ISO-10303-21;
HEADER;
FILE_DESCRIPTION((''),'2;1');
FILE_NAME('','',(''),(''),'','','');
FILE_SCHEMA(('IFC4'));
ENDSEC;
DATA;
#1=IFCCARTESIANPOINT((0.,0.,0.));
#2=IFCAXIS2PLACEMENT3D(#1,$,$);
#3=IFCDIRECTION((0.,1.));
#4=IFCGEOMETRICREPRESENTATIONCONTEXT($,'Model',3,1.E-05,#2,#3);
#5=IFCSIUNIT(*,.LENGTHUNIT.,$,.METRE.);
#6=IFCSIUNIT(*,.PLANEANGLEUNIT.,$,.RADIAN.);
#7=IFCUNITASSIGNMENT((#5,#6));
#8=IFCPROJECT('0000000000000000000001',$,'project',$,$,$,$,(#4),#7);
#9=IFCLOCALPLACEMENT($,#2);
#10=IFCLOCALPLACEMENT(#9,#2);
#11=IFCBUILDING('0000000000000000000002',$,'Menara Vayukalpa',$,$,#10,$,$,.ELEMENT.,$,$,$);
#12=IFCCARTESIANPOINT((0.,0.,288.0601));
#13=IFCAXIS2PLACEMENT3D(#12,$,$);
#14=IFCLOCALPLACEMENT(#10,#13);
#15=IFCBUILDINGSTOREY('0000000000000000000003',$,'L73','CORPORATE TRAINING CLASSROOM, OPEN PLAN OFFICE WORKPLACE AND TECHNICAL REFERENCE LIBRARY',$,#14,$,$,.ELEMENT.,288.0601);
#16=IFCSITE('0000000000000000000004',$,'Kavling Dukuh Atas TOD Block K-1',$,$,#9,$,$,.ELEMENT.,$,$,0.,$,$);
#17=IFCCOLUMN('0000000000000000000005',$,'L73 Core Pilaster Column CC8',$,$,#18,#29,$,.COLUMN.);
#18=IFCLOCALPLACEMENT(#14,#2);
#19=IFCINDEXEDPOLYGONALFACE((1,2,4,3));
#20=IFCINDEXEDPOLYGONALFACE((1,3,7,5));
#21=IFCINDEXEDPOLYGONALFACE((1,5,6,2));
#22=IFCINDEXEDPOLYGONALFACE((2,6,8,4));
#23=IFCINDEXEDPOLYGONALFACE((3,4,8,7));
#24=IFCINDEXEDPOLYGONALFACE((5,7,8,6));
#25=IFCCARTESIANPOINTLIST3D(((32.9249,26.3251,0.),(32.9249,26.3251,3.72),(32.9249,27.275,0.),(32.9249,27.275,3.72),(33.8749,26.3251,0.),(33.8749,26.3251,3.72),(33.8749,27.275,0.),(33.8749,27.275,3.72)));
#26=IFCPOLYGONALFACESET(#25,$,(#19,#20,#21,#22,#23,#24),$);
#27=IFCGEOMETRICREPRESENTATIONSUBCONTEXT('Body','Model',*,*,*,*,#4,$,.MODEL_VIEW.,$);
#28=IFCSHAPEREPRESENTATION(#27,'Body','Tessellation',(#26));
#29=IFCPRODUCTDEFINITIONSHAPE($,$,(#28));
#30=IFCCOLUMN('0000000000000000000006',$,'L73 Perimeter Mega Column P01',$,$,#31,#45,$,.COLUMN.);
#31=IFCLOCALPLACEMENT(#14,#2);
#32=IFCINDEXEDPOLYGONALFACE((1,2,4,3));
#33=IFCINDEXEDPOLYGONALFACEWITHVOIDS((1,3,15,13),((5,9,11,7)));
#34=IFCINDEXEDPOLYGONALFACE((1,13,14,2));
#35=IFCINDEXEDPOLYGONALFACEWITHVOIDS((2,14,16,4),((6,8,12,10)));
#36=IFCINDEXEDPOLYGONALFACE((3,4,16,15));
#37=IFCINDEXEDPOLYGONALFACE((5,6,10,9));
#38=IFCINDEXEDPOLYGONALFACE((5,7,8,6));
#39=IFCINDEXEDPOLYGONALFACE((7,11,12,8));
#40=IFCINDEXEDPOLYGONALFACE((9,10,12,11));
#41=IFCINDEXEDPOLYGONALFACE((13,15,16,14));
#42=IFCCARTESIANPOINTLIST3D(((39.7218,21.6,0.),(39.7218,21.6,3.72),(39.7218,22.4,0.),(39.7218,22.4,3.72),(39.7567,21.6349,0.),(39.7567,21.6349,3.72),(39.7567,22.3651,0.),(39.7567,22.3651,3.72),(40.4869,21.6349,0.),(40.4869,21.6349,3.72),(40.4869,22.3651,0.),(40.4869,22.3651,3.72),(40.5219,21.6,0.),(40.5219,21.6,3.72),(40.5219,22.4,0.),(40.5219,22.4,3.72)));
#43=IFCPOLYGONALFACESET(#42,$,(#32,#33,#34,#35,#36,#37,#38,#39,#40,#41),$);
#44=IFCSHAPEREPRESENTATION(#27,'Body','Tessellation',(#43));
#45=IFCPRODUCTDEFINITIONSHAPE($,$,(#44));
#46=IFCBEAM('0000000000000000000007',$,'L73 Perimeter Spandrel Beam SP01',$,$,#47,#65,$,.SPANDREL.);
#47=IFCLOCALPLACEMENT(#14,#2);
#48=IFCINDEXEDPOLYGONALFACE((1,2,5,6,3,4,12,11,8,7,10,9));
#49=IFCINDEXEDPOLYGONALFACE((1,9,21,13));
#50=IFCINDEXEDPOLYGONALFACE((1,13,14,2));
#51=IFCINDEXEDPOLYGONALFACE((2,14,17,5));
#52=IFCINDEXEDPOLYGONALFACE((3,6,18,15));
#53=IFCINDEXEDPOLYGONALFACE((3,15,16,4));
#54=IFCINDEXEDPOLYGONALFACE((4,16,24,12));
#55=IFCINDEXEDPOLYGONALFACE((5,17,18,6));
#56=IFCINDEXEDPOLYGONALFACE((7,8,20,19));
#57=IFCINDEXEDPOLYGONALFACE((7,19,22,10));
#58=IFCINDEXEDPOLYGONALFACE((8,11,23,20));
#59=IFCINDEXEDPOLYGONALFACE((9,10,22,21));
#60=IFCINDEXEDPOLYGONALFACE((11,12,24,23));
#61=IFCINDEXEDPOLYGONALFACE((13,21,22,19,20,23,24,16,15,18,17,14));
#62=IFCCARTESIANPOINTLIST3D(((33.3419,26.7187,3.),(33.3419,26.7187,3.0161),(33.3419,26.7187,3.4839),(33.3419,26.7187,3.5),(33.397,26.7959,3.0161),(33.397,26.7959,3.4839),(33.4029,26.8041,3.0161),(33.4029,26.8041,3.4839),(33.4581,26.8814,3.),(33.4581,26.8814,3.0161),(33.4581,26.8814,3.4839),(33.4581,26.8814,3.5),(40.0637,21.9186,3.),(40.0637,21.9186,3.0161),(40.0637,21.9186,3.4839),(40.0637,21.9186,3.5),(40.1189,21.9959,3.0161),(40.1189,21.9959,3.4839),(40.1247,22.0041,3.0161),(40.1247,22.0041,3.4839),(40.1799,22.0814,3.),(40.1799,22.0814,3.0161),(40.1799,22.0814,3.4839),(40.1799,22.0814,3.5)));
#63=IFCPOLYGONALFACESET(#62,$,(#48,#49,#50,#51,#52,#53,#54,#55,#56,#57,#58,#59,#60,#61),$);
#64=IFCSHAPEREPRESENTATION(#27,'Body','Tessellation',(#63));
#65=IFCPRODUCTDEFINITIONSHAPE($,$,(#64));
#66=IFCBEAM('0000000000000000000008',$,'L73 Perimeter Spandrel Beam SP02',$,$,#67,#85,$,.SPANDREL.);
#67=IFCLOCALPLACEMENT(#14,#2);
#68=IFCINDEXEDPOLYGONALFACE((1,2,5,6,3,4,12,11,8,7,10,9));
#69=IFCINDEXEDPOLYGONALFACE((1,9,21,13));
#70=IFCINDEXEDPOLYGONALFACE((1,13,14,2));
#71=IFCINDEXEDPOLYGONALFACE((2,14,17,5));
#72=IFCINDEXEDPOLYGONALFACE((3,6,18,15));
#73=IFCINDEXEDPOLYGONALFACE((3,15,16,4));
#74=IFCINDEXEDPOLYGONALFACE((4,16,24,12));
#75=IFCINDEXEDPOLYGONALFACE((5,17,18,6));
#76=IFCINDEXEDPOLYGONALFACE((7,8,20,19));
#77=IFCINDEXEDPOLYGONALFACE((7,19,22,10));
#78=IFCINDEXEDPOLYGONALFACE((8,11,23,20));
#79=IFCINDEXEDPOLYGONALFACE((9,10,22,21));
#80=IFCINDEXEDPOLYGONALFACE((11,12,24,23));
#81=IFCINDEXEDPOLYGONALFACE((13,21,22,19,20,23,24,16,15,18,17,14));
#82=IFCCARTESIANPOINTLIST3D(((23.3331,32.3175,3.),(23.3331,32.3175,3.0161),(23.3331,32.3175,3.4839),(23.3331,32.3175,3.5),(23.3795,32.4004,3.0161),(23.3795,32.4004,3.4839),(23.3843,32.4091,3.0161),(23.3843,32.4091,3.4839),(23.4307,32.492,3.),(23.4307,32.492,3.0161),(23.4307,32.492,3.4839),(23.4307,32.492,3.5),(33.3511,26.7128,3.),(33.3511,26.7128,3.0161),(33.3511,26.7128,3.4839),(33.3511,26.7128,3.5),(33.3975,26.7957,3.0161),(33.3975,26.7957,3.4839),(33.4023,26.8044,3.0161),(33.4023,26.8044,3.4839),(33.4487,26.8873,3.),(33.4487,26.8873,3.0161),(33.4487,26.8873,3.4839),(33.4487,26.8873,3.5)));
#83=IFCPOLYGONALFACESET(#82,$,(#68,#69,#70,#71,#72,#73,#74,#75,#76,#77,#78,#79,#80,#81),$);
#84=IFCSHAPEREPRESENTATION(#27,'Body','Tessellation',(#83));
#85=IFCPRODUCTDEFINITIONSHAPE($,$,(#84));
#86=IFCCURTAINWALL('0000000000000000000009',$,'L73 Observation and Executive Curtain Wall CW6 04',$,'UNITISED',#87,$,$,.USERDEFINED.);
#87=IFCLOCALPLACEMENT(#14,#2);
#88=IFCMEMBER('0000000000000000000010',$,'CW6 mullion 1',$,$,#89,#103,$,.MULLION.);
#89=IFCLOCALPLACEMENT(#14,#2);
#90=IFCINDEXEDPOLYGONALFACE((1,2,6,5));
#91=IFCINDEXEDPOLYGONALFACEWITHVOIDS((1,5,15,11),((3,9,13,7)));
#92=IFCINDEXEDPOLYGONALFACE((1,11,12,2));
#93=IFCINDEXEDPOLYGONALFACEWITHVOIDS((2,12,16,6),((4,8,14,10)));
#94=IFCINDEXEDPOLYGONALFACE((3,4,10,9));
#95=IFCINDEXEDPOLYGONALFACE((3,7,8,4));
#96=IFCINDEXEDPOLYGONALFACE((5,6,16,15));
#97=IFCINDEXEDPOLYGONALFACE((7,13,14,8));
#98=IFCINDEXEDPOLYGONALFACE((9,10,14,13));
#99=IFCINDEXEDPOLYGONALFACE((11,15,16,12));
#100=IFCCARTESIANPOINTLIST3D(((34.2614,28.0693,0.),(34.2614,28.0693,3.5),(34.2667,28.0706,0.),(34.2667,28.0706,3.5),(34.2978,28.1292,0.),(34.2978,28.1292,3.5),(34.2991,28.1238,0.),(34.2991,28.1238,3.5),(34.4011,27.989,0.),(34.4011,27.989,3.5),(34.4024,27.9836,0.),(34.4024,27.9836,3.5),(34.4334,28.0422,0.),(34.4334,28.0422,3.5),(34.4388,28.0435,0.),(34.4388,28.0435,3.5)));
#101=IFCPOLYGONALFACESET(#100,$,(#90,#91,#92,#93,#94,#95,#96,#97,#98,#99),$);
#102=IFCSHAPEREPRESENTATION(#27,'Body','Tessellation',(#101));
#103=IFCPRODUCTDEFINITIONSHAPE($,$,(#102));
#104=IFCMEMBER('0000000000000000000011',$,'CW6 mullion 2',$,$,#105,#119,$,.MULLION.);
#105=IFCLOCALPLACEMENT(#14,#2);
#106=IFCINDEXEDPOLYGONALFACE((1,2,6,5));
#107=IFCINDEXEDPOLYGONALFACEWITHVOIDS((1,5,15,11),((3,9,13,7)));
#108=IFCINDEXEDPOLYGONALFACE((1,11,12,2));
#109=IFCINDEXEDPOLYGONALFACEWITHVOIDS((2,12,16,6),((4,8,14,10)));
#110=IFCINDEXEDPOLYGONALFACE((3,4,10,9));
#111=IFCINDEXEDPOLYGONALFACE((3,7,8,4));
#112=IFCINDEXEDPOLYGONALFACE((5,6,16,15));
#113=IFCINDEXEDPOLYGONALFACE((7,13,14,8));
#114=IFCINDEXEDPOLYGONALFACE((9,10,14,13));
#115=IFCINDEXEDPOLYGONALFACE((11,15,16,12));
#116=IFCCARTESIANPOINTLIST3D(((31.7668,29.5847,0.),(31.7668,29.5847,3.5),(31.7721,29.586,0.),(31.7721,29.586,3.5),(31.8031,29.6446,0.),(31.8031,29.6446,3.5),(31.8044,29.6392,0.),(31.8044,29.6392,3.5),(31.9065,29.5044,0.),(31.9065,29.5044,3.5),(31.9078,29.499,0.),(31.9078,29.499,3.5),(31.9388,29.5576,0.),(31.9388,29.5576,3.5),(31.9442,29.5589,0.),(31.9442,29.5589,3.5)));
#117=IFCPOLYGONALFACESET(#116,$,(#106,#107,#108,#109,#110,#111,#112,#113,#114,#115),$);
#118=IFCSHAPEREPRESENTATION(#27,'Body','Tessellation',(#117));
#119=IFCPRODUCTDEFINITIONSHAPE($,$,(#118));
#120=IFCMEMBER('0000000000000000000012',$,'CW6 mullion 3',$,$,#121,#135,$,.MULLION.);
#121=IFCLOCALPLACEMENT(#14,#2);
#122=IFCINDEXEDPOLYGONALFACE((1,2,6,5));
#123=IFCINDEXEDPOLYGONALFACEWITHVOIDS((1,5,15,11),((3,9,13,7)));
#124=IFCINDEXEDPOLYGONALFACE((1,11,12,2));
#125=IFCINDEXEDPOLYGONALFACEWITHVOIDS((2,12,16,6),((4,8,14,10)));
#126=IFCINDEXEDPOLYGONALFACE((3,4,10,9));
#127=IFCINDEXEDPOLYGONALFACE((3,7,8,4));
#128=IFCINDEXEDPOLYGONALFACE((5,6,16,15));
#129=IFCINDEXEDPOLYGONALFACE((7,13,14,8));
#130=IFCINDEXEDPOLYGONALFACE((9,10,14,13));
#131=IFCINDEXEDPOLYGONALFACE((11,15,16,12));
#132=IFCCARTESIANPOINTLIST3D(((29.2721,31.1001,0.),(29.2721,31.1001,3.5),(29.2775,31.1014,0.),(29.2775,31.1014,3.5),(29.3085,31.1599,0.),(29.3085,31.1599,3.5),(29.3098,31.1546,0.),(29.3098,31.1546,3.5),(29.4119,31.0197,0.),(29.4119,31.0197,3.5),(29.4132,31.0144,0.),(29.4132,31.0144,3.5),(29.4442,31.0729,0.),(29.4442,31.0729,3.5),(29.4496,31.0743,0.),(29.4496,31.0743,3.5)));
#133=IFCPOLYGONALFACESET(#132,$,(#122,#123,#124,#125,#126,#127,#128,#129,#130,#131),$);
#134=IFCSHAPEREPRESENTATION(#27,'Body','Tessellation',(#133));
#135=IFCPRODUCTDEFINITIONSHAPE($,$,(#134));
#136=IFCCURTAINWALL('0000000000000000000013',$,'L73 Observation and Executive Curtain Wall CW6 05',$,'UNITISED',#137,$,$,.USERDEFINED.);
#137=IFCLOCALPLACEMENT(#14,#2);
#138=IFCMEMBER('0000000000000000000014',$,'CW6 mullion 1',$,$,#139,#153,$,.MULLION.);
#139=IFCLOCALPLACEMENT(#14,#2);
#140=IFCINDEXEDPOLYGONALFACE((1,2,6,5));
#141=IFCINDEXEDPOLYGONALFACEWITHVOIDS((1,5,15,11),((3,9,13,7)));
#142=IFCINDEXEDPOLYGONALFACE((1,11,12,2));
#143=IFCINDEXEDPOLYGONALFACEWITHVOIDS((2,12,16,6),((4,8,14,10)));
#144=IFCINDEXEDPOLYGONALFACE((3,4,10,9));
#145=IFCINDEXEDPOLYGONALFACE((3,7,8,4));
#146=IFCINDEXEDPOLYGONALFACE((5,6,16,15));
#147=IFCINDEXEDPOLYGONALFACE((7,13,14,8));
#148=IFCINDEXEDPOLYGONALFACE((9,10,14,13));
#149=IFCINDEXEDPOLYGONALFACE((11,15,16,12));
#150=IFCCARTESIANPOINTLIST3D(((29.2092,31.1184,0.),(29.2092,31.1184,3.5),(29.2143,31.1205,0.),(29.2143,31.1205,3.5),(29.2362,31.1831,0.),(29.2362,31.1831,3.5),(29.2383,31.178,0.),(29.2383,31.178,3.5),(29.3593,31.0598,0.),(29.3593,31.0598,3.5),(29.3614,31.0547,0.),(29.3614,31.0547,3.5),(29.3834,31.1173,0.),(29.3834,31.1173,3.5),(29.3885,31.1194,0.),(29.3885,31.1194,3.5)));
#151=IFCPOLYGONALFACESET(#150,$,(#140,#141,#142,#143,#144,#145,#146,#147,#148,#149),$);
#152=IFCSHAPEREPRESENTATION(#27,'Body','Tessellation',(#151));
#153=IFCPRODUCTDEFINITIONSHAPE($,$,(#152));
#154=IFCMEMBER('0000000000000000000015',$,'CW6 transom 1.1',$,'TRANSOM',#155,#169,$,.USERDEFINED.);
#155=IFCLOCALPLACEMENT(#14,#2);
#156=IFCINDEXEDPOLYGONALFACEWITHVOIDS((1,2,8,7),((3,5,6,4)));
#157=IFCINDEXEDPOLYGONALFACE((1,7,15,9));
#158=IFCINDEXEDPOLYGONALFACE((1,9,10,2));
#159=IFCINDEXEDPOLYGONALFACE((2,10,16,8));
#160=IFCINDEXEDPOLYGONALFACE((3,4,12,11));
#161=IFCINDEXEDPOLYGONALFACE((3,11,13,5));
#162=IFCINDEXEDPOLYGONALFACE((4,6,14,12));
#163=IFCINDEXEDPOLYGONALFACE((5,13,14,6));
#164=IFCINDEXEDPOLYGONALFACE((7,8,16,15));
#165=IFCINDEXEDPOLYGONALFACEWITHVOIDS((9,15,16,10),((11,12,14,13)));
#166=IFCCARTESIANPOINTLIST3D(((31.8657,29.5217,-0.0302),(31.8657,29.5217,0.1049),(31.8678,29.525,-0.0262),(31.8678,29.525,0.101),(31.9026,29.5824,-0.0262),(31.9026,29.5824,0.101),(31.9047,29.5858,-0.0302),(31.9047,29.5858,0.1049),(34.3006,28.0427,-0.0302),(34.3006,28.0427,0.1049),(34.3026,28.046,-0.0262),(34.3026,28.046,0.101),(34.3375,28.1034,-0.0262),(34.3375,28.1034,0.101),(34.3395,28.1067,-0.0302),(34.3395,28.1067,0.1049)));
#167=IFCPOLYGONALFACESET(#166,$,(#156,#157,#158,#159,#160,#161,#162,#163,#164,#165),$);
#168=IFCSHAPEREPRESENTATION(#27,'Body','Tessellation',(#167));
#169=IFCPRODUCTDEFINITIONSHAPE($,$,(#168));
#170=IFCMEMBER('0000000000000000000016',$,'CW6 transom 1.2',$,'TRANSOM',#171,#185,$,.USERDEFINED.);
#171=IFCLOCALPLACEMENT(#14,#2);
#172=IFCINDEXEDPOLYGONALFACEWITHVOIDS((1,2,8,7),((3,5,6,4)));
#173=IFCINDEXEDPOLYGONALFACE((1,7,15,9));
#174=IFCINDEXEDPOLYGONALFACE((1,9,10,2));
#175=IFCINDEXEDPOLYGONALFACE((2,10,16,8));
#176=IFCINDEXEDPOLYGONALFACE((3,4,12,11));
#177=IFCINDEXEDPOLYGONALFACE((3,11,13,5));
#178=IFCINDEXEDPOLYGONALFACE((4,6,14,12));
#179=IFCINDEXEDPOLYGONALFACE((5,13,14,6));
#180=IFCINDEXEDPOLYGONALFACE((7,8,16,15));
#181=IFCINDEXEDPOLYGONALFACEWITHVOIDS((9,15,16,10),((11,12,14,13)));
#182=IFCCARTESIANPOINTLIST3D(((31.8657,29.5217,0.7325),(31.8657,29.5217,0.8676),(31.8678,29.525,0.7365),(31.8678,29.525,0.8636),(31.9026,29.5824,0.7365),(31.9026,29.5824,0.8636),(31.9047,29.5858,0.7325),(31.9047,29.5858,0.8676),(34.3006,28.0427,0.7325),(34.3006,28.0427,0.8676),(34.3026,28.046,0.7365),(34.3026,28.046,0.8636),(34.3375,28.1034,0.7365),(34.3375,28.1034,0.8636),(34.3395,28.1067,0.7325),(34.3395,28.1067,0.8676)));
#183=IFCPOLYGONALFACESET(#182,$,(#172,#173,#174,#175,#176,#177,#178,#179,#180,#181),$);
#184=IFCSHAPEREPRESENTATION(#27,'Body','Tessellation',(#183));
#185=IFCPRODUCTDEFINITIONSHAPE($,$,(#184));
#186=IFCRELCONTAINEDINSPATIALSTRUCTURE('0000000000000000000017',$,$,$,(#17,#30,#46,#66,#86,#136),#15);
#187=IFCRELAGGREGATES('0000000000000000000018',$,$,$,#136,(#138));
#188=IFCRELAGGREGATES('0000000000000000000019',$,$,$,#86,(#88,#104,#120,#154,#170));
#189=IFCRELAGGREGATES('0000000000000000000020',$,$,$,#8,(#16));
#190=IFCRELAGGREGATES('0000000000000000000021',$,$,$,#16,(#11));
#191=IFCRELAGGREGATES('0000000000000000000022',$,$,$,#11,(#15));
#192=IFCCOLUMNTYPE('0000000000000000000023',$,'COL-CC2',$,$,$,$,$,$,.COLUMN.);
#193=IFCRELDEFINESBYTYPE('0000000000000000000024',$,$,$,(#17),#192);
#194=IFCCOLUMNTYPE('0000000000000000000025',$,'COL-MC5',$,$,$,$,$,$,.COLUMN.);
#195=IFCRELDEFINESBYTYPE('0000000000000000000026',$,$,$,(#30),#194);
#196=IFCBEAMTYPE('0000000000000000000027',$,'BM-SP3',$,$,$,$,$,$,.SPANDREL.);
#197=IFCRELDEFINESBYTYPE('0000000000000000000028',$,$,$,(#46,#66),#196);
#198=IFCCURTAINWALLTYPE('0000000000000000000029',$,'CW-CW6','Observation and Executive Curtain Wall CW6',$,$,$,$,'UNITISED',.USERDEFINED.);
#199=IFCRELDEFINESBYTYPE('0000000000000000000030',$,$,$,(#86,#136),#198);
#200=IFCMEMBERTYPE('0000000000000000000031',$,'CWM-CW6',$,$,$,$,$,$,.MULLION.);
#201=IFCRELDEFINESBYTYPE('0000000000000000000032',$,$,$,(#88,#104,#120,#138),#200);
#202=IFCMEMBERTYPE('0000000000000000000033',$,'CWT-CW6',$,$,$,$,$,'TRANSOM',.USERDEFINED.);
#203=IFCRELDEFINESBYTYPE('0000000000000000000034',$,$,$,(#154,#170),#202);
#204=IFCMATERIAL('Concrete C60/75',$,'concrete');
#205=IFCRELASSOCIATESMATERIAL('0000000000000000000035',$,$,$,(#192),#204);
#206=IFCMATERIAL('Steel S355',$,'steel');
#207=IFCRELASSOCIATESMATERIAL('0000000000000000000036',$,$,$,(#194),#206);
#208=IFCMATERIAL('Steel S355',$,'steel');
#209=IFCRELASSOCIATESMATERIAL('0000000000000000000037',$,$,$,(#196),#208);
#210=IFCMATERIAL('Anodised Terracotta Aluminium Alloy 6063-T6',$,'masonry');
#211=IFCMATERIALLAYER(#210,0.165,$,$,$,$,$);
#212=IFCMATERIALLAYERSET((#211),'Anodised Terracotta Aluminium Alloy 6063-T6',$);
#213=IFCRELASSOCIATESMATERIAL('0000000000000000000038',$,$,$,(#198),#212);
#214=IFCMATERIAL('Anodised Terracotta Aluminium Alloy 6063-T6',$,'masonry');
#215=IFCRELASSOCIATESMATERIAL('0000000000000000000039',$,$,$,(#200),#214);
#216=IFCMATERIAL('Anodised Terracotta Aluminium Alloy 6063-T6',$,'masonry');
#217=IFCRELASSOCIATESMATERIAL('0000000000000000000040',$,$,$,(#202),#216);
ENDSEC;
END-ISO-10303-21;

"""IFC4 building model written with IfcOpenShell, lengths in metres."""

from ifc_helpers import new_model, si_unit, direction, frame, origin, origin_2d, place, context, subcontext, project, spatial, rectangle, hollow_rectangle, i_section, extrude, material, layer, layer_set, material_profile, profile_set, type_object, element, aggregate, save


model = new_model("IFC4")

# Units and contexts
model_context = context("Model", 3, precision=1e-05, world=origin(), true_north=direction((0.0, 1.0)))
body_context = subcontext(model_context, "Body", "Model", "MODEL_VIEW")
ifc_project = project(units=[si_unit("LENGTHUNIT", "METRE"), si_unit("PLANEANGLEUNIT", "RADIAN")], contexts=[model_context])

# Site, building, storey
site_placement = place(None, origin())
site = spatial("IfcSite", under=ifc_project, at=site_placement, Name="Kavling Dukuh Atas TOD Block K-1", CompositionType="ELEMENT", RefElevation=0.0)
building_placement = place(site_placement, origin())
building = spatial("IfcBuilding", under=site, at=building_placement, Name="Menara Vayukalpa", CompositionType="ELEMENT")
storey_placement = place(building_placement, frame((0.0, 0.0, 288.0601)))
storey = spatial("IfcBuildingStorey", under=building, at=storey_placement, Name="L73", Description="CORPORATE TRAINING CLASSROOM, OPEN PLAN OFFICE WORKPLACE AND TECHNICAL REFERENCE LIBRARY", CompositionType="ELEMENT", Elevation=288.0601)

# Columns
ifc_material_1 = material(Name="Concrete C60/75", Category="concrete")
ifc_material_profile_1 = material_profile(ifc_material_1, rectangle(XDim=0.95, YDim=0.95, at=origin_2d()), Name="RC 950x950")
ifc_profile_set_1 = profile_set([ifc_material_profile_1], Name="Concrete C60/75")
column_type_1 = type_object("IfcColumnType", Name="COL-CC2", PredefinedType="COLUMN", material=ifc_profile_set_1)
column_1_placement = place(storey_placement, frame((33.3999, 26.8, 0.0), z_axis=(0.0, 0.0, 1.0), x_axis=(1.0, 0.0, 0.0)))
element("IfcColumn", 1, at=column_1_placement, inside=storey, type_object=column_type_1, Name="L73 Core Pilaster Column CC8", PredefinedType="COLUMN", context=body_context, shape_type="SweptSolid", body=[
    extrude(rectangle(XDim=0.95, YDim=0.95, at=origin_2d()), origin(), (0.0, 0.0, 1.0), 3.72),
])
ifc_material_2 = material(Name="Steel S355", Category="steel")
ifc_material_profile_2 = material_profile(ifc_material_2, hollow_rectangle(XDim=0.8, YDim=0.8, WallThickness=0.0349, at=origin_2d()), Name="BOX 800x800x35")
ifc_profile_set_2 = profile_set([ifc_material_profile_2], Name="Steel S355")
column_type_2 = type_object("IfcColumnType", Name="COL-MC5", PredefinedType="COLUMN", material=ifc_profile_set_2)
column_2_placement = place(storey_placement, frame((40.1218, 22.0, 0.0), z_axis=(0.0, 0.0, 1.0), x_axis=(1.0, 0.0, 0.0)))
element("IfcColumn", 2, at=column_2_placement, inside=storey, type_object=column_type_2, Name="L73 Perimeter Mega Column P01", PredefinedType="COLUMN", context=body_context, shape_type="SweptSolid", body=[
    extrude(hollow_rectangle(XDim=0.8, YDim=0.8, WallThickness=0.0349, at=origin_2d()), origin(), (0.0, 0.0, 1.0), 3.72),
])

# Beams
ifc_material_3 = material(Name="Steel S355", Category="steel")
ifc_material_profile_3 = material_profile(ifc_material_3, i_section(OverallWidth=0.2, OverallDepth=0.5, WebThickness=0.01, FlangeThickness=0.0161, at=origin_2d()), Name="WF 500x200x10x16")
ifc_profile_set_3 = profile_set([ifc_material_profile_3], Name="Steel S355")
beam_type = type_object("IfcBeamType", Name="BM-SP3", PredefinedType="SPANDREL", material=ifc_profile_set_3)
beam_1_placement = place(storey_placement, frame((40.1218, 22.0, 3.25), z_axis=(-0.813809, 0.581132, 0.0), x_axis=(-0.581132, -0.813809, 0.0)))
element("IfcBeam", 3, at=beam_1_placement, inside=storey, type_object=beam_type, Name="L73 Perimeter Spandrel Beam SP01", PredefinedType="SPANDREL", context=body_context, shape_type="SweptSolid", body=[
    extrude(i_section(OverallWidth=0.2, OverallDepth=0.5, WebThickness=0.01, FlangeThickness=0.0161, at=origin_2d()), origin(), (0.0, 0.0, 1.0), 8.2598),
])
beam_2_placement = place(storey_placement, frame((33.3999, 26.8, 3.25), z_axis=(-0.872706, 0.488246, 0.0), x_axis=(-0.488246, -0.872706, 0.0)))
element("IfcBeam", 4, at=beam_2_placement, inside=storey, type_object=beam_type, Name="L73 Perimeter Spandrel Beam SP02", PredefinedType="SPANDREL", context=body_context, shape_type="SweptSolid", body=[
    extrude(i_section(OverallWidth=0.2, OverallDepth=0.5, WebThickness=0.01, FlangeThickness=0.0161, at=origin_2d()), origin(), (0.0, 0.0, 1.0), 11.4792),
])

# Curtain wall, members
ifc_material_4 = material(Name="Anodised Terracotta Aluminium Alloy 6063-T6", Category="masonry")
ifc_layer_1 = layer(ifc_material_4, 0.165)
ifc_layer_set_1 = layer_set([ifc_layer_1], Name="Anodised Terracotta Aluminium Alloy 6063-T6")
curtain_wall_type = type_object("IfcCurtainWallType", Name="CW-CW6", Description="Observation and Executive Curtain Wall CW6", ElementType="UNITISED", PredefinedType="USERDEFINED", material=ifc_layer_set_1)
curtain_wall_1_placement = place(storey_placement, origin())
curtain_wall_1 = element("IfcCurtainWall", 5, at=curtain_wall_1_placement, inside=storey, type_object=curtain_wall_type, Name="L73 Observation and Executive Curtain Wall CW6 04", ObjectType="UNITISED", PredefinedType="USERDEFINED")
ifc_material_5 = material(Name="Anodised Terracotta Aluminium Alloy 6063-T6", Category="masonry")
ifc_material_profile_4 = material_profile(ifc_material_5, hollow_rectangle(XDim=0.0701, YDim=0.165, WallThickness=0.0039, at=origin_2d()), Name="ALU 70x165x4")
ifc_profile_set_4 = profile_set([ifc_material_profile_4], Name="Anodised Terracotta Aluminium Alloy 6063-T6")
member_type_1 = type_object("IfcMemberType", Name="CWM-CW6", PredefinedType="MULLION", material=ifc_profile_set_4)
member_1_placement = place(storey_placement, frame((34.3501, 28.0564, 0.0), z_axis=(0.0, 0.0, 1.0), x_axis=(-0.519176, -0.854668, 0.0)))
member_1 = element("IfcMember", 6, at=member_1_placement, type_object=member_type_1, Name="CW6 mullion 1", PredefinedType="MULLION", context=body_context, shape_type="SweptSolid", body=[
    extrude(hollow_rectangle(XDim=0.0701, YDim=0.165, WallThickness=0.0039, at=origin_2d()), origin(), (0.0, 0.0, 1.0), 3.5),
])
member_2_placement = place(storey_placement, frame((31.8555, 29.5718, 0.0), z_axis=(0.0, 0.0, 1.0), x_axis=(-0.519176, -0.854668, 0.0)))
member_2 = element("IfcMember", 7, at=member_2_placement, type_object=member_type_1, Name="CW6 mullion 2", PredefinedType="MULLION", context=body_context, shape_type="SweptSolid", body=[
    extrude(hollow_rectangle(XDim=0.0701, YDim=0.165, WallThickness=0.0039, at=origin_2d()), origin(), (0.0, 0.0, 1.0), 3.5),
])
member_3_placement = place(storey_placement, frame((29.3608, 31.0872, 0.0), z_axis=(0.0, 0.0, 1.0), x_axis=(-0.519176, -0.854668, 0.0)))
member_3 = element("IfcMember", 8, at=member_3_placement, type_object=member_type_1, Name="CW6 mullion 3", PredefinedType="MULLION", context=body_context, shape_type="SweptSolid", body=[
    extrude(hollow_rectangle(XDim=0.0701, YDim=0.165, WallThickness=0.0039, at=origin_2d()), origin(), (0.0, 0.0, 1.0), 3.5),
])

# Curtain wall, member
curtain_wall_2_placement = place(storey_placement, origin())
curtain_wall_2 = element("IfcCurtainWall", 9, at=curtain_wall_2_placement, inside=storey, type_object=curtain_wall_type, Name="L73 Observation and Executive Curtain Wall CW6 05", ObjectType="UNITISED", PredefinedType="USERDEFINED")
member_4_placement = place(storey_placement, frame((29.2988, 31.1189, 0.0), z_axis=(0.0, 0.0, 1.0), x_axis=(-0.3859, -0.922541, 0.0)))
member_4 = element("IfcMember", 10, at=member_4_placement, type_object=member_type_1, Name="CW6 mullion 1", PredefinedType="MULLION", context=body_context, shape_type="SweptSolid", body=[
    extrude(hollow_rectangle(XDim=0.0701, YDim=0.165, WallThickness=0.0039, at=origin_2d()), origin(), (0.0, 0.0, 1.0), 3.5),
])
aggregate(curtain_wall_2, [member_4])

# Members
ifc_material_6 = material(Name="Anodised Terracotta Aluminium Alloy 6063-T6", Category="masonry")
ifc_material_profile_5 = material_profile(ifc_material_6, hollow_rectangle(XDim=0.075, YDim=0.135, WallThickness=0.0039, at=origin_2d()), Name="ALU 75x135x4")
ifc_profile_set_5 = profile_set([ifc_material_profile_5], Name="Anodised Terracotta Aluminium Alloy 6063-T6")
member_type_2 = type_object("IfcMemberType", Name="CWT-CW6", ElementType="TRANSOM", PredefinedType="USERDEFINED", material=ifc_profile_set_5)
member_5_placement = place(storey_placement, frame((34.3201, 28.0747, 0.0374), z_axis=(-0.854675, 0.519164, 0.0), x_axis=(-0.519164, -0.854675, 0.0)))
member_5 = element("IfcMember", 11, at=member_5_placement, type_object=member_type_2, Name="CW6 transom 1.1", ObjectType="TRANSOM", PredefinedType="USERDEFINED", context=body_context, shape_type="SweptSolid", body=[
    extrude(hollow_rectangle(XDim=0.075, YDim=0.135, WallThickness=0.0039, at=origin_2d()), origin(), (0.0, 0.0, 1.0), 2.8489),
])
member_6_placement = place(storey_placement, frame((34.3201, 28.0747, 0.8), z_axis=(-0.854675, 0.519164, 0.0), x_axis=(-0.519164, -0.854675, 0.0)))
member_6 = element("IfcMember", 12, at=member_6_placement, type_object=member_type_2, Name="CW6 transom 1.2", ObjectType="TRANSOM", PredefinedType="USERDEFINED", context=body_context, shape_type="SweptSolid", body=[
    extrude(hollow_rectangle(XDim=0.075, YDim=0.135, WallThickness=0.0039, at=origin_2d()), origin(), (0.0, 0.0, 1.0), 2.8489),
])

aggregate(curtain_wall_1, [member_1, member_2, member_3, member_5, member_6])

save(model, "model.ifc")
